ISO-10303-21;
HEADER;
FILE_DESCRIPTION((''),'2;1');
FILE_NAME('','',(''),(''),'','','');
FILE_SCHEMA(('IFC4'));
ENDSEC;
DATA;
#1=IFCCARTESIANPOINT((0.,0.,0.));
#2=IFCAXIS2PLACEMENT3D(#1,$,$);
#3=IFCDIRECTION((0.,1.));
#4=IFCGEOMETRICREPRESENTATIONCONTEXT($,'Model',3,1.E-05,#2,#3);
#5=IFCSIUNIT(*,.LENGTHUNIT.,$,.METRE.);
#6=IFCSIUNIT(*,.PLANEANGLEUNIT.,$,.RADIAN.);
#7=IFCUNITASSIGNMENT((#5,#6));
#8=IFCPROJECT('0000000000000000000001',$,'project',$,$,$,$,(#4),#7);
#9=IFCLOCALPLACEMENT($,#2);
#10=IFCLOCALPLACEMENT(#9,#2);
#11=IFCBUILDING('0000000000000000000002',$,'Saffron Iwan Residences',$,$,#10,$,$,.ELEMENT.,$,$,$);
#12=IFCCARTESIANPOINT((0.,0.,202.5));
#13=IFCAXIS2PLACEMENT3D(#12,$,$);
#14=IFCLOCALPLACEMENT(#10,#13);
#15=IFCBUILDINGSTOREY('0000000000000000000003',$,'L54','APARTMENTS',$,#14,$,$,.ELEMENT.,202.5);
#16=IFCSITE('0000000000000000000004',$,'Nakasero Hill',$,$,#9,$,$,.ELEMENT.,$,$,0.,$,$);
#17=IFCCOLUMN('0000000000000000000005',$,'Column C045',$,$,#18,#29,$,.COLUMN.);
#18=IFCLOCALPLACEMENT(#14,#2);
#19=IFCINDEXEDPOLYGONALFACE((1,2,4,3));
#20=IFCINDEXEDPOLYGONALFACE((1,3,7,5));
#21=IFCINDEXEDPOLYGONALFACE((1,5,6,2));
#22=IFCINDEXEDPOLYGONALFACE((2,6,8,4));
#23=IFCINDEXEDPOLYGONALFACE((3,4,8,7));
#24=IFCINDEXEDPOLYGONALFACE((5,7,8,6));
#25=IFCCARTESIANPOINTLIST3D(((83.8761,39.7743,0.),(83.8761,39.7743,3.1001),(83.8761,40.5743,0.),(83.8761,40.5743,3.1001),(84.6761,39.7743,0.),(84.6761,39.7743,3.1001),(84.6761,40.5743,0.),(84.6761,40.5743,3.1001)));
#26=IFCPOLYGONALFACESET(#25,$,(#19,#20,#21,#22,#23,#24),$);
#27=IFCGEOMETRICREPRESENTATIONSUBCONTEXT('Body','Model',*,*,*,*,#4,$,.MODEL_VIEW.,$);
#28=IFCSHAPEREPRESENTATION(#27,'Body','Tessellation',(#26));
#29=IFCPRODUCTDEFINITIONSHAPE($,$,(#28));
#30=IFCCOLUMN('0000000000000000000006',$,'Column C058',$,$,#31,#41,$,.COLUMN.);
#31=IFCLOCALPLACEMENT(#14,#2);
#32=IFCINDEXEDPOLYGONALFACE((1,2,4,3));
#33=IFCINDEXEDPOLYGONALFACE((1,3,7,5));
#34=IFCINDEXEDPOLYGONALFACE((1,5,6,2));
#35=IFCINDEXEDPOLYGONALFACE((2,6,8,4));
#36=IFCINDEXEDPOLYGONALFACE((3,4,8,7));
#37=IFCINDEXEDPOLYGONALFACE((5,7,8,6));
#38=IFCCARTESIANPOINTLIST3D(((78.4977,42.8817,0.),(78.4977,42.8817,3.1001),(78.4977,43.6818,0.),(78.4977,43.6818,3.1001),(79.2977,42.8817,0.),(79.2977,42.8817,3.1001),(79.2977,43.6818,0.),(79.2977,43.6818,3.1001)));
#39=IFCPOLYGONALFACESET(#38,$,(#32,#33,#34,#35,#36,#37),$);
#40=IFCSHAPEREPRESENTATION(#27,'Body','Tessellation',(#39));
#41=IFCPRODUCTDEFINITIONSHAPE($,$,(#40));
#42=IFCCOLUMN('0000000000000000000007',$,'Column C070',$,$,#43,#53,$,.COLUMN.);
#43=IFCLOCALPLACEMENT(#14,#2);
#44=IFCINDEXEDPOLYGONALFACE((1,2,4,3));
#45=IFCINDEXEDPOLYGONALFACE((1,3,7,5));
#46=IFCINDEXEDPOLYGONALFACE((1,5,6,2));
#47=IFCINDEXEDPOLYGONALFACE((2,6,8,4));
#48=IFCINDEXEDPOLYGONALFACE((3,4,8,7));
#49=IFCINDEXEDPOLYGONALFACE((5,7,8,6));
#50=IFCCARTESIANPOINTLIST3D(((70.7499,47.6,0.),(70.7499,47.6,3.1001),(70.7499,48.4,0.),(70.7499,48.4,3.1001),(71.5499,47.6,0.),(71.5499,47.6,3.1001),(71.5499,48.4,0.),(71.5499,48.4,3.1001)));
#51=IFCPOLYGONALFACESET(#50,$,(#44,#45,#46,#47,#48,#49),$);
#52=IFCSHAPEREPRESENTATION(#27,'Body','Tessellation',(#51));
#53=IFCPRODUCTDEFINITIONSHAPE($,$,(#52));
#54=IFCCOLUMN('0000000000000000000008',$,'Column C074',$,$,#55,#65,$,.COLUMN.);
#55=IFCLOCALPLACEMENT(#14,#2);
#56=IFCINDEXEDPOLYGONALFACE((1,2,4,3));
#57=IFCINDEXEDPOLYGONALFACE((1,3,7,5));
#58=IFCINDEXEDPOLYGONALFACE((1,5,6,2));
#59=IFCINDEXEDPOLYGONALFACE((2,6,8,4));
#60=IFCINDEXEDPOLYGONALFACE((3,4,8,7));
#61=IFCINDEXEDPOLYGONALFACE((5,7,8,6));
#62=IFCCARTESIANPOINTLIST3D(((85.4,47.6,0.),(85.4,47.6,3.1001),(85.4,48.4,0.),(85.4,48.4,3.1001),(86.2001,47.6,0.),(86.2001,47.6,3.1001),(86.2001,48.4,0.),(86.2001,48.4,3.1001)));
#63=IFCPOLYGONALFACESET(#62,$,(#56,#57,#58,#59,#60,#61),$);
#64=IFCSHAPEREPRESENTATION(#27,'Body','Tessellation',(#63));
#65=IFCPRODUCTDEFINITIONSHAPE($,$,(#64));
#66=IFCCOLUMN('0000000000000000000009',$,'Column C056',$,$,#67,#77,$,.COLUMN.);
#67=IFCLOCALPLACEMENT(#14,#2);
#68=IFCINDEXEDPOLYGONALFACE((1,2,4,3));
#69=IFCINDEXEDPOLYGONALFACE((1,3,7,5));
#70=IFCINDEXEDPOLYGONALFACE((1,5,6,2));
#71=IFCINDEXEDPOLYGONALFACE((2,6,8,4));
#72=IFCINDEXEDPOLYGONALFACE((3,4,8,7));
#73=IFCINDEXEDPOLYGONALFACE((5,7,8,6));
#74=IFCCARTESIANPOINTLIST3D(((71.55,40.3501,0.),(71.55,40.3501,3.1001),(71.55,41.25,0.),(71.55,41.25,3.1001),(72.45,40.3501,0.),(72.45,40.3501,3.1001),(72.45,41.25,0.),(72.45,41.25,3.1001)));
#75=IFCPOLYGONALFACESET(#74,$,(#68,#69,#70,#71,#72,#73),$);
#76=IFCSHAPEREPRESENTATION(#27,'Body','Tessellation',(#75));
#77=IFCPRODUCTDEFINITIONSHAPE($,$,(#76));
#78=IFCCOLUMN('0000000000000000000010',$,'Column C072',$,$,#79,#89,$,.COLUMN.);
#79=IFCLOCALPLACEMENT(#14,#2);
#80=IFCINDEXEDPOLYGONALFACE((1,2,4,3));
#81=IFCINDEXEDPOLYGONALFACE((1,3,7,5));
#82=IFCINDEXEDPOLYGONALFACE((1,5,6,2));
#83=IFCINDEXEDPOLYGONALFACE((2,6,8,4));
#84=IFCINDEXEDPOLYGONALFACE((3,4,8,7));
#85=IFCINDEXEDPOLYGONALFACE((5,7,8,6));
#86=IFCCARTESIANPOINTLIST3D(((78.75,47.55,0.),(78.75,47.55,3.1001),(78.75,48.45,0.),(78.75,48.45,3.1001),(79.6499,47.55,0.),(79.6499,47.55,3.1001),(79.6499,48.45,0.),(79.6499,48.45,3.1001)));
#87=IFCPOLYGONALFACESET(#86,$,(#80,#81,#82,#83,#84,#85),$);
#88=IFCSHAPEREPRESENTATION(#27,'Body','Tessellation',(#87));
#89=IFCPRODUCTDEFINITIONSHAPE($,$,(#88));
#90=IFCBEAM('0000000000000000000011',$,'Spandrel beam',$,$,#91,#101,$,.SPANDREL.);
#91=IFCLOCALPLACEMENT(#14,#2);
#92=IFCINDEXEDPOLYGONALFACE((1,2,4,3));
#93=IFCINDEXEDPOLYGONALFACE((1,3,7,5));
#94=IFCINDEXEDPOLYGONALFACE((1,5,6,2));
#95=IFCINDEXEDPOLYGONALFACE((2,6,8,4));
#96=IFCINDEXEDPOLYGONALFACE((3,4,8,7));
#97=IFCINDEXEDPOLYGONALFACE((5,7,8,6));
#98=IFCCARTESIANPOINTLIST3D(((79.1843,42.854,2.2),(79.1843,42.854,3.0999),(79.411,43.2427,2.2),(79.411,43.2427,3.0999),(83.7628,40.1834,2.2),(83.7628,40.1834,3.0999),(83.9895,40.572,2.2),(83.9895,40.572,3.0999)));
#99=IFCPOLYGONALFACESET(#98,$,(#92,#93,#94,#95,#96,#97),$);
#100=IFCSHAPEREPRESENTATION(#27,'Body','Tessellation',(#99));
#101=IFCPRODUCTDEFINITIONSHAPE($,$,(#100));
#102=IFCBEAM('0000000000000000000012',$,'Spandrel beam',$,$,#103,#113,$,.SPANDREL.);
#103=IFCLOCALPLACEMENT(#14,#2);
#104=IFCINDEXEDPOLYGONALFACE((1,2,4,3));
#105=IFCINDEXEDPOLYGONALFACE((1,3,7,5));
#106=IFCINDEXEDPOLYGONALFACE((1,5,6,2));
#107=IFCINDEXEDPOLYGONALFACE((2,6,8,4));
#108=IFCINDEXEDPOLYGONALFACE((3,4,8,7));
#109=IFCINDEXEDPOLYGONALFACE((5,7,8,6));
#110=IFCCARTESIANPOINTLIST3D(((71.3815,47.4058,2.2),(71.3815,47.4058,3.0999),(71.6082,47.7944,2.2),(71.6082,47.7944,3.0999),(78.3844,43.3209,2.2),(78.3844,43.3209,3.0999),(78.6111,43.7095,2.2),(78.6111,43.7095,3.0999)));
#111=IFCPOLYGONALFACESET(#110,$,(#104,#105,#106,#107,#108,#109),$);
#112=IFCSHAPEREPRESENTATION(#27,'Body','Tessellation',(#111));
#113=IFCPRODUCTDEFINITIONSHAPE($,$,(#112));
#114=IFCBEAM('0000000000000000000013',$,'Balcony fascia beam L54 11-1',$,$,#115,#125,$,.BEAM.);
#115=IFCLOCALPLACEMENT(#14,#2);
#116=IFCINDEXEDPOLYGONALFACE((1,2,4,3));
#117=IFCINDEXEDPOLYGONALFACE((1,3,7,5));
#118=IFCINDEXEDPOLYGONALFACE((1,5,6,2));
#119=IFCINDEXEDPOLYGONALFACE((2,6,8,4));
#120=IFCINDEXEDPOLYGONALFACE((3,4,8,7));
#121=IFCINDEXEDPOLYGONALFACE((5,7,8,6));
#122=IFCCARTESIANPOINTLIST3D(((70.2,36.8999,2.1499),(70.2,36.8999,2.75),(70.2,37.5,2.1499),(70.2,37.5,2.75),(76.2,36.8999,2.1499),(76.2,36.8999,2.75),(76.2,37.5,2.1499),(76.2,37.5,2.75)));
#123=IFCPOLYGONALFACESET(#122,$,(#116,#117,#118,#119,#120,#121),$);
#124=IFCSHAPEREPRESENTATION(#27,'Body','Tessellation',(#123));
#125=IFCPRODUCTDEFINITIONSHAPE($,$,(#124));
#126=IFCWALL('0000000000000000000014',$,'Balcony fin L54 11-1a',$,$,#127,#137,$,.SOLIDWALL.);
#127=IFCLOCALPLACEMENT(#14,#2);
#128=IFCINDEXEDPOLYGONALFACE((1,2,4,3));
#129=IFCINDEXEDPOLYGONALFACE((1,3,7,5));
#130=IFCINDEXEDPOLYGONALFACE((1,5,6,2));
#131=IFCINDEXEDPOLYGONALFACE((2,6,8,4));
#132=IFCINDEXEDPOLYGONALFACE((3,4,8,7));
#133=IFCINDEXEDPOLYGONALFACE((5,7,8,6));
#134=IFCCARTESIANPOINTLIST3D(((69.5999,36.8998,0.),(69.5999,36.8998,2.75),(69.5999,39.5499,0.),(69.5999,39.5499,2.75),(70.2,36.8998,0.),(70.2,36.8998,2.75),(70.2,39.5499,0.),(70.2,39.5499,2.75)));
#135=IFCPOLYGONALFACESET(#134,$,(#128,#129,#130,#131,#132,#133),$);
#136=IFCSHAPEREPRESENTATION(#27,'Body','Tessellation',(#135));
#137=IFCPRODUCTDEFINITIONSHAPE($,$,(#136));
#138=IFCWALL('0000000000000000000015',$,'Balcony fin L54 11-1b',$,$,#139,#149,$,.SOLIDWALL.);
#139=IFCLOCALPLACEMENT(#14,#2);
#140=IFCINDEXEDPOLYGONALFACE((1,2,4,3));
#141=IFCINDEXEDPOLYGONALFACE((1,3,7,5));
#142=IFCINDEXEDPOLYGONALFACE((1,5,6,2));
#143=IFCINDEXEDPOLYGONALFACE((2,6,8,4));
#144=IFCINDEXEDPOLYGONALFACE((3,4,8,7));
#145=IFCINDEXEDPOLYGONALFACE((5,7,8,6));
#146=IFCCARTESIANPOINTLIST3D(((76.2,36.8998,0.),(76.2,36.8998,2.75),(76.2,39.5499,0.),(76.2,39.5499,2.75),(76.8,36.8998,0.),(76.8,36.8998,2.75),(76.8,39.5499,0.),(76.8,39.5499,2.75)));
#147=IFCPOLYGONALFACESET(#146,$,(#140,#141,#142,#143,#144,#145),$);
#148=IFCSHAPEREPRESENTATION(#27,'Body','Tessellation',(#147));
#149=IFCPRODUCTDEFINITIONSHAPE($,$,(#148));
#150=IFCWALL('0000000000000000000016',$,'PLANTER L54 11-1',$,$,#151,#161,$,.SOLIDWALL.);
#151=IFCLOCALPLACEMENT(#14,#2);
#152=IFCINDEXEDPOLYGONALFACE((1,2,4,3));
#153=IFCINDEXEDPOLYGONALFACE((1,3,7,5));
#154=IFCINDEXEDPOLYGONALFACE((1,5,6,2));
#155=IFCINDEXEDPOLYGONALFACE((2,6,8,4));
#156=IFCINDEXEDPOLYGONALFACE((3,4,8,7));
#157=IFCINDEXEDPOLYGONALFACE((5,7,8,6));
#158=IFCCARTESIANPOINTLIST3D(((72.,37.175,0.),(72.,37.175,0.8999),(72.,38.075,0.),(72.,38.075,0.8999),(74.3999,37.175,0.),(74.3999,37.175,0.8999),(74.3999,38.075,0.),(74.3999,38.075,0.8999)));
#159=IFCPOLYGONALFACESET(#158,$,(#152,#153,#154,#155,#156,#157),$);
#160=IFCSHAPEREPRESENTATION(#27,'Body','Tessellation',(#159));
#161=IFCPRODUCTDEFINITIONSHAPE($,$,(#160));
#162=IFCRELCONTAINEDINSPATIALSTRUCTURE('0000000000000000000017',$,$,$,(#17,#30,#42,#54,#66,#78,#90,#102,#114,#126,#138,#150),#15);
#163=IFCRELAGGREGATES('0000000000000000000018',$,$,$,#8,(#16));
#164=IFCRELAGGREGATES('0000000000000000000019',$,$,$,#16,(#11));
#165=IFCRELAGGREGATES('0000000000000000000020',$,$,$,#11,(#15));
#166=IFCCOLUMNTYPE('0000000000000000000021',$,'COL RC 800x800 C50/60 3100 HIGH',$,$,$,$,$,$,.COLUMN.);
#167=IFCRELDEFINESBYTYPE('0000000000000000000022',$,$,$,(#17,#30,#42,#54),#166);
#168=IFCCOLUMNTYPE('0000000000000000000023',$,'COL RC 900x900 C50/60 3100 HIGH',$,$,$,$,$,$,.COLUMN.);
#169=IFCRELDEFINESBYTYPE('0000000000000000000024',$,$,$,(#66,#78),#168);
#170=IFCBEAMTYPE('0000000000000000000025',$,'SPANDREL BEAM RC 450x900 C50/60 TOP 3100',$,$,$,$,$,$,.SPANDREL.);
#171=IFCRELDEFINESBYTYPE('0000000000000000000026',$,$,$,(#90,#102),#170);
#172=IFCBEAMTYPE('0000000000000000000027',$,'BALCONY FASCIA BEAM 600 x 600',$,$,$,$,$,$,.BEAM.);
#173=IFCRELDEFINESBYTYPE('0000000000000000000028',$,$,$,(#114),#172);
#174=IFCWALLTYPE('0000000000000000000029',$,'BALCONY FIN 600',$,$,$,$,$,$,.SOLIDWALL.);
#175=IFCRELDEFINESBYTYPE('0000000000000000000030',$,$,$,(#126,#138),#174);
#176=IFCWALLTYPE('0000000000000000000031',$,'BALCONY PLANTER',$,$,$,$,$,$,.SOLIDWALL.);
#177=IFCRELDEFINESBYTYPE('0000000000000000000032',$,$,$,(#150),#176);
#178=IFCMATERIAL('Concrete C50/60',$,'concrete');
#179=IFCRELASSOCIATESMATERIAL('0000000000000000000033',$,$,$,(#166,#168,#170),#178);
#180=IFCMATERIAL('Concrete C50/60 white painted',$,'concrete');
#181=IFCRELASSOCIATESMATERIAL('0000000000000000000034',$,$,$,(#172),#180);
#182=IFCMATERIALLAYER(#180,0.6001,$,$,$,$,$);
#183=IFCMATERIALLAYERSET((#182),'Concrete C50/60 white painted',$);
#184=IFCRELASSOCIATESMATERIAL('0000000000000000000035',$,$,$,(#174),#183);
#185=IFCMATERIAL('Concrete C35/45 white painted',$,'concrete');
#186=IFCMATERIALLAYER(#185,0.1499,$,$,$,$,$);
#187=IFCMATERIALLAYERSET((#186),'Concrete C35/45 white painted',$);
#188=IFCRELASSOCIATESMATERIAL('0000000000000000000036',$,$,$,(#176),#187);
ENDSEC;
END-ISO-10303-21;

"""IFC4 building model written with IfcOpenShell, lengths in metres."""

from ifc_helpers import new_model, si_unit, direction, frame, frame_2d, origin, origin_2d, place, context, subcontext, project, spatial, rectangle, extrude, source, transform, mapped, material, layer, layer_set, material_profile, profile_set, type_object, element, save


model = new_model("IFC4")

# Units and contexts
model_context = context("Model", 3, precision=1e-05, world=origin(), true_north=direction((0.0, 1.0)))
body_context = subcontext(model_context, "Body", "Model", "MODEL_VIEW")
ifc_project = project(units=[si_unit("LENGTHUNIT", "METRE"), si_unit("PLANEANGLEUNIT", "RADIAN")], contexts=[model_context])

# Site, building, storey
site_placement = place(None, origin())
site = spatial("IfcSite", under=ifc_project, at=site_placement, Name="Nakasero Hill", CompositionType="ELEMENT", RefElevation=0.0)
building_placement = place(site_placement, origin())
building = spatial("IfcBuilding", under=site, at=building_placement, Name="Saffron Iwan Residences", CompositionType="ELEMENT")
storey_placement = place(building_placement, frame((0.0, 0.0, 202.5)))
storey = spatial("IfcBuildingStorey", under=building, at=storey_placement, Name="L54", Description="APARTMENTS", CompositionType="ELEMENT", Elevation=202.5)

# Columns
ifc_material_1 = material(Name="Concrete C50/60", Category="concrete")
ifc_material_profile_1 = material_profile(ifc_material_1, rectangle(XDim=0.8, YDim=0.8, at=origin_2d()), Name="RC 800x800")
ifc_profile_set_1 = profile_set([ifc_material_profile_1], Name="Concrete C50/60")
column_type_1 = type_object("IfcColumnType", Name="COL RC 800x800 C50/60 3100 HIGH", PredefinedType="COLUMN", material=ifc_profile_set_1)
shared_shape_1 = source(origin(), body_context, "Body", "SweptSolid", [
    extrude(rectangle(XDim=0.8, YDim=0.8, at=origin_2d()), origin(), (0.0, 0.0, 1.0), 3.1001),
])
for number, where, z_axis, x_axis, name in (
    (1, (84.2761, 40.1743, 0.0), (0.0, 0.0, 1.0), (1.0, 0.0, 0.0), "Column C045"),
    (2, (78.8977, 43.2817, 0.0), (0.0, 0.0, 1.0), (1.0, 0.0, 0.0), "Column C058"),
    (3, (71.1499, 48.0, 0.0), (0.0, 0.0, 1.0), (1.0, 0.0, 0.0), "Column C070"),
    (4, (85.8, 48.0, 0.0), (0.0, 0.0, 1.0), (1.0, 0.0, 0.0), "Column C074"),
):
    element("IfcColumn", number, at=place(storey_placement, frame(where, z_axis=z_axis, x_axis=x_axis)), inside=storey, type_object=column_type_1, Name=name, PredefinedType="COLUMN", context=body_context, shape_type="MappedRepresentation", body=[
        mapped(shared_shape_1, transform((0.0, 0.0, 0.0))),
    ])
ifc_material_profile_2 = material_profile(ifc_material_1, rectangle(XDim=0.8999, YDim=0.8999, at=origin_2d()), Name="RC 900x900")
ifc_profile_set_2 = profile_set([ifc_material_profile_2], Name="Concrete C50/60")
column_type_2 = type_object("IfcColumnType", Name="COL RC 900x900 C50/60 3100 HIGH", PredefinedType="COLUMN", material=ifc_profile_set_2)
shared_shape_2 = source(origin(), body_context, "Body", "SweptSolid", [
    extrude(rectangle(XDim=0.8999, YDim=0.8999, at=origin_2d()), origin(), (0.0, 0.0, 1.0), 3.1001),
])
for number, where, z_axis, x_axis, name in (
    (5, (72.0, 40.8, 0.0), (0.0, 0.0, 1.0), (1.0, 0.0, 0.0), "Column C056"),
    (6, (79.2, 48.0, 0.0), (0.0, 0.0, 1.0), (1.0, 0.0, 0.0), "Column C072"),
):
    element("IfcColumn", number, at=place(storey_placement, frame(where, z_axis=z_axis, x_axis=x_axis)), inside=storey, type_object=column_type_2, Name=name, PredefinedType="COLUMN", context=body_context, shape_type="MappedRepresentation", body=[
        mapped(shared_shape_2, transform((0.0, 0.0, 0.0))),
    ])

# Beams
ifc_material_profile_3 = material_profile(ifc_material_1, rectangle(XDim=0.45, YDim=0.8999, at=origin_2d()), Name="RC 450x900")
ifc_profile_set_3 = profile_set([ifc_material_profile_3], Name="Concrete C50/60")
beam_type_1 = type_object("IfcBeamType", Name="SPANDREL BEAM RC 450x900 C50/60 TOP 3100", PredefinedType="SPANDREL", material=ifc_profile_set_3)
shared_shape_3 = source(origin(), body_context, "Body", "SweptSolid", [
    extrude(rectangle(XDim=0.45, YDim=0.8999, at=origin_2d()), origin(), (0.0, 0.0, 1.0), 5.3005),
])
beam_1_placement = place(storey_placement, frame((79.2976, 43.0483, 2.6499), z_axis=(0.863796, -0.503842, 0.0), x_axis=(0.503842, 0.863796, 0.0)))
element("IfcBeam", 7, at=beam_1_placement, inside=storey, type_object=beam_type_1, Name="Spandrel beam", PredefinedType="SPANDREL", context=body_context, shape_type="MappedRepresentation", body=[
    mapped(shared_shape_3, transform((0.0, 0.0, 0.0))),
])
shared_shape_4 = source(origin(), body_context, "Body", "SweptSolid", [
    extrude(rectangle(XDim=0.45, YDim=0.8999, at=origin_2d()), origin(), (0.0, 0.0, 1.0), 8.1072),
])
beam_2_placement = place(storey_placement, frame((71.4949, 47.6001, 2.6499), z_axis=(0.863783, -0.503864, 0.0), x_axis=(0.503864, 0.863783, 0.0)))
element("IfcBeam", 8, at=beam_2_placement, inside=storey, type_object=beam_type_1, Name="Spandrel beam", PredefinedType="SPANDREL", context=body_context, shape_type="MappedRepresentation", body=[
    mapped(shared_shape_4, transform((0.0, 0.0, 0.0))),
])
ifc_material_2 = material(Name="Concrete C50/60 white painted", Category="concrete")
ifc_material_profile_4 = material_profile(ifc_material_2, rectangle(XDim=0.6001, YDim=0.6001, at=origin_2d()), Name="BALCONY FASCIA BEAM 600 x 600")
ifc_profile_set_4 = profile_set([ifc_material_profile_4], Name="Concrete C50/60 white painted")
beam_type_2 = type_object("IfcBeamType", Name="BALCONY FASCIA BEAM 600 x 600", PredefinedType="BEAM", material=ifc_profile_set_4)
shared_shape_5 = source(origin(), body_context, "Body", "SweptSolid", [
    extrude(rectangle(XDim=0.6001, YDim=0.6001, at=origin_2d()), origin(), (0.0, 0.0, 1.0), 6.0),
])
beam_3_placement = place(storey_placement, frame((70.2, 37.2, 2.45), z_axis=(1.0, 0.0, 0.0), x_axis=(0.0, 1.0, 0.0)))
element("IfcBeam", 9, at=beam_3_placement, inside=storey, type_object=beam_type_2, Name="Balcony fascia beam L54 11-1", PredefinedType="BEAM", context=body_context, shape_type="MappedRepresentation", body=[
    mapped(shared_shape_5, transform((0.0, 0.0, 0.0))),
])

# Walls
ifc_layer_1 = layer(ifc_material_2, 0.6001)
ifc_layer_set_1 = layer_set([ifc_layer_1], Name="Concrete C50/60 white painted")
wall_type_1 = type_object("IfcWallType", Name="BALCONY FIN 600", PredefinedType="SOLIDWALL", material=ifc_layer_set_1)
for number, where, z_axis, x_axis, name in (
    (10, (69.8999, 39.55, 0.0), (0.0, 0.0, 1.0), (0.0, -1.0, 0.0), "Balcony fin L54 11-1a"),
    (11, (76.5, 39.55, 0.0), (0.0, 0.0, 1.0), (0.0, -1.0, 0.0), "Balcony fin L54 11-1b"),
):
    element("IfcWall", number, at=place(storey_placement, frame(where, z_axis=z_axis, x_axis=x_axis)), inside=storey, type_object=wall_type_1, Name=name, PredefinedType="SOLIDWALL", context=body_context, shape_type="SweptSolid", body=[
        extrude(rectangle(XDim=2.6501, YDim=0.6001, at=frame_2d((1.3252, 0.0))), origin(), (0.0, 0.0, 1.0), 2.75),
    ])
ifc_material_3 = material(Name="Concrete C35/45 white painted", Category="concrete")
ifc_layer_2 = layer(ifc_material_3, 0.1499)
ifc_layer_set_2 = layer_set([ifc_layer_2], Name="Concrete C35/45 white painted")
wall_type_2 = type_object("IfcWallType", Name="BALCONY PLANTER", PredefinedType="SOLIDWALL", material=ifc_layer_set_2)
wall_1_placement = place(storey_placement, frame((72.0, 37.625, 0.0), z_axis=(0.0, 0.0, 1.0), x_axis=(1.0, 0.0, 0.0)))
element("IfcWall", 12, at=wall_1_placement, inside=storey, type_object=wall_type_2, Name="PLANTER L54 11-1", PredefinedType="SOLIDWALL", context=body_context, shape_type="SweptSolid", body=[
    extrude(rectangle(XDim=2.3999, YDim=0.8999, at=frame_2d((1.2, 0.0))), origin(), (0.0, 0.0, 1.0), 0.8999),
])

save(model, "model.ifc")
